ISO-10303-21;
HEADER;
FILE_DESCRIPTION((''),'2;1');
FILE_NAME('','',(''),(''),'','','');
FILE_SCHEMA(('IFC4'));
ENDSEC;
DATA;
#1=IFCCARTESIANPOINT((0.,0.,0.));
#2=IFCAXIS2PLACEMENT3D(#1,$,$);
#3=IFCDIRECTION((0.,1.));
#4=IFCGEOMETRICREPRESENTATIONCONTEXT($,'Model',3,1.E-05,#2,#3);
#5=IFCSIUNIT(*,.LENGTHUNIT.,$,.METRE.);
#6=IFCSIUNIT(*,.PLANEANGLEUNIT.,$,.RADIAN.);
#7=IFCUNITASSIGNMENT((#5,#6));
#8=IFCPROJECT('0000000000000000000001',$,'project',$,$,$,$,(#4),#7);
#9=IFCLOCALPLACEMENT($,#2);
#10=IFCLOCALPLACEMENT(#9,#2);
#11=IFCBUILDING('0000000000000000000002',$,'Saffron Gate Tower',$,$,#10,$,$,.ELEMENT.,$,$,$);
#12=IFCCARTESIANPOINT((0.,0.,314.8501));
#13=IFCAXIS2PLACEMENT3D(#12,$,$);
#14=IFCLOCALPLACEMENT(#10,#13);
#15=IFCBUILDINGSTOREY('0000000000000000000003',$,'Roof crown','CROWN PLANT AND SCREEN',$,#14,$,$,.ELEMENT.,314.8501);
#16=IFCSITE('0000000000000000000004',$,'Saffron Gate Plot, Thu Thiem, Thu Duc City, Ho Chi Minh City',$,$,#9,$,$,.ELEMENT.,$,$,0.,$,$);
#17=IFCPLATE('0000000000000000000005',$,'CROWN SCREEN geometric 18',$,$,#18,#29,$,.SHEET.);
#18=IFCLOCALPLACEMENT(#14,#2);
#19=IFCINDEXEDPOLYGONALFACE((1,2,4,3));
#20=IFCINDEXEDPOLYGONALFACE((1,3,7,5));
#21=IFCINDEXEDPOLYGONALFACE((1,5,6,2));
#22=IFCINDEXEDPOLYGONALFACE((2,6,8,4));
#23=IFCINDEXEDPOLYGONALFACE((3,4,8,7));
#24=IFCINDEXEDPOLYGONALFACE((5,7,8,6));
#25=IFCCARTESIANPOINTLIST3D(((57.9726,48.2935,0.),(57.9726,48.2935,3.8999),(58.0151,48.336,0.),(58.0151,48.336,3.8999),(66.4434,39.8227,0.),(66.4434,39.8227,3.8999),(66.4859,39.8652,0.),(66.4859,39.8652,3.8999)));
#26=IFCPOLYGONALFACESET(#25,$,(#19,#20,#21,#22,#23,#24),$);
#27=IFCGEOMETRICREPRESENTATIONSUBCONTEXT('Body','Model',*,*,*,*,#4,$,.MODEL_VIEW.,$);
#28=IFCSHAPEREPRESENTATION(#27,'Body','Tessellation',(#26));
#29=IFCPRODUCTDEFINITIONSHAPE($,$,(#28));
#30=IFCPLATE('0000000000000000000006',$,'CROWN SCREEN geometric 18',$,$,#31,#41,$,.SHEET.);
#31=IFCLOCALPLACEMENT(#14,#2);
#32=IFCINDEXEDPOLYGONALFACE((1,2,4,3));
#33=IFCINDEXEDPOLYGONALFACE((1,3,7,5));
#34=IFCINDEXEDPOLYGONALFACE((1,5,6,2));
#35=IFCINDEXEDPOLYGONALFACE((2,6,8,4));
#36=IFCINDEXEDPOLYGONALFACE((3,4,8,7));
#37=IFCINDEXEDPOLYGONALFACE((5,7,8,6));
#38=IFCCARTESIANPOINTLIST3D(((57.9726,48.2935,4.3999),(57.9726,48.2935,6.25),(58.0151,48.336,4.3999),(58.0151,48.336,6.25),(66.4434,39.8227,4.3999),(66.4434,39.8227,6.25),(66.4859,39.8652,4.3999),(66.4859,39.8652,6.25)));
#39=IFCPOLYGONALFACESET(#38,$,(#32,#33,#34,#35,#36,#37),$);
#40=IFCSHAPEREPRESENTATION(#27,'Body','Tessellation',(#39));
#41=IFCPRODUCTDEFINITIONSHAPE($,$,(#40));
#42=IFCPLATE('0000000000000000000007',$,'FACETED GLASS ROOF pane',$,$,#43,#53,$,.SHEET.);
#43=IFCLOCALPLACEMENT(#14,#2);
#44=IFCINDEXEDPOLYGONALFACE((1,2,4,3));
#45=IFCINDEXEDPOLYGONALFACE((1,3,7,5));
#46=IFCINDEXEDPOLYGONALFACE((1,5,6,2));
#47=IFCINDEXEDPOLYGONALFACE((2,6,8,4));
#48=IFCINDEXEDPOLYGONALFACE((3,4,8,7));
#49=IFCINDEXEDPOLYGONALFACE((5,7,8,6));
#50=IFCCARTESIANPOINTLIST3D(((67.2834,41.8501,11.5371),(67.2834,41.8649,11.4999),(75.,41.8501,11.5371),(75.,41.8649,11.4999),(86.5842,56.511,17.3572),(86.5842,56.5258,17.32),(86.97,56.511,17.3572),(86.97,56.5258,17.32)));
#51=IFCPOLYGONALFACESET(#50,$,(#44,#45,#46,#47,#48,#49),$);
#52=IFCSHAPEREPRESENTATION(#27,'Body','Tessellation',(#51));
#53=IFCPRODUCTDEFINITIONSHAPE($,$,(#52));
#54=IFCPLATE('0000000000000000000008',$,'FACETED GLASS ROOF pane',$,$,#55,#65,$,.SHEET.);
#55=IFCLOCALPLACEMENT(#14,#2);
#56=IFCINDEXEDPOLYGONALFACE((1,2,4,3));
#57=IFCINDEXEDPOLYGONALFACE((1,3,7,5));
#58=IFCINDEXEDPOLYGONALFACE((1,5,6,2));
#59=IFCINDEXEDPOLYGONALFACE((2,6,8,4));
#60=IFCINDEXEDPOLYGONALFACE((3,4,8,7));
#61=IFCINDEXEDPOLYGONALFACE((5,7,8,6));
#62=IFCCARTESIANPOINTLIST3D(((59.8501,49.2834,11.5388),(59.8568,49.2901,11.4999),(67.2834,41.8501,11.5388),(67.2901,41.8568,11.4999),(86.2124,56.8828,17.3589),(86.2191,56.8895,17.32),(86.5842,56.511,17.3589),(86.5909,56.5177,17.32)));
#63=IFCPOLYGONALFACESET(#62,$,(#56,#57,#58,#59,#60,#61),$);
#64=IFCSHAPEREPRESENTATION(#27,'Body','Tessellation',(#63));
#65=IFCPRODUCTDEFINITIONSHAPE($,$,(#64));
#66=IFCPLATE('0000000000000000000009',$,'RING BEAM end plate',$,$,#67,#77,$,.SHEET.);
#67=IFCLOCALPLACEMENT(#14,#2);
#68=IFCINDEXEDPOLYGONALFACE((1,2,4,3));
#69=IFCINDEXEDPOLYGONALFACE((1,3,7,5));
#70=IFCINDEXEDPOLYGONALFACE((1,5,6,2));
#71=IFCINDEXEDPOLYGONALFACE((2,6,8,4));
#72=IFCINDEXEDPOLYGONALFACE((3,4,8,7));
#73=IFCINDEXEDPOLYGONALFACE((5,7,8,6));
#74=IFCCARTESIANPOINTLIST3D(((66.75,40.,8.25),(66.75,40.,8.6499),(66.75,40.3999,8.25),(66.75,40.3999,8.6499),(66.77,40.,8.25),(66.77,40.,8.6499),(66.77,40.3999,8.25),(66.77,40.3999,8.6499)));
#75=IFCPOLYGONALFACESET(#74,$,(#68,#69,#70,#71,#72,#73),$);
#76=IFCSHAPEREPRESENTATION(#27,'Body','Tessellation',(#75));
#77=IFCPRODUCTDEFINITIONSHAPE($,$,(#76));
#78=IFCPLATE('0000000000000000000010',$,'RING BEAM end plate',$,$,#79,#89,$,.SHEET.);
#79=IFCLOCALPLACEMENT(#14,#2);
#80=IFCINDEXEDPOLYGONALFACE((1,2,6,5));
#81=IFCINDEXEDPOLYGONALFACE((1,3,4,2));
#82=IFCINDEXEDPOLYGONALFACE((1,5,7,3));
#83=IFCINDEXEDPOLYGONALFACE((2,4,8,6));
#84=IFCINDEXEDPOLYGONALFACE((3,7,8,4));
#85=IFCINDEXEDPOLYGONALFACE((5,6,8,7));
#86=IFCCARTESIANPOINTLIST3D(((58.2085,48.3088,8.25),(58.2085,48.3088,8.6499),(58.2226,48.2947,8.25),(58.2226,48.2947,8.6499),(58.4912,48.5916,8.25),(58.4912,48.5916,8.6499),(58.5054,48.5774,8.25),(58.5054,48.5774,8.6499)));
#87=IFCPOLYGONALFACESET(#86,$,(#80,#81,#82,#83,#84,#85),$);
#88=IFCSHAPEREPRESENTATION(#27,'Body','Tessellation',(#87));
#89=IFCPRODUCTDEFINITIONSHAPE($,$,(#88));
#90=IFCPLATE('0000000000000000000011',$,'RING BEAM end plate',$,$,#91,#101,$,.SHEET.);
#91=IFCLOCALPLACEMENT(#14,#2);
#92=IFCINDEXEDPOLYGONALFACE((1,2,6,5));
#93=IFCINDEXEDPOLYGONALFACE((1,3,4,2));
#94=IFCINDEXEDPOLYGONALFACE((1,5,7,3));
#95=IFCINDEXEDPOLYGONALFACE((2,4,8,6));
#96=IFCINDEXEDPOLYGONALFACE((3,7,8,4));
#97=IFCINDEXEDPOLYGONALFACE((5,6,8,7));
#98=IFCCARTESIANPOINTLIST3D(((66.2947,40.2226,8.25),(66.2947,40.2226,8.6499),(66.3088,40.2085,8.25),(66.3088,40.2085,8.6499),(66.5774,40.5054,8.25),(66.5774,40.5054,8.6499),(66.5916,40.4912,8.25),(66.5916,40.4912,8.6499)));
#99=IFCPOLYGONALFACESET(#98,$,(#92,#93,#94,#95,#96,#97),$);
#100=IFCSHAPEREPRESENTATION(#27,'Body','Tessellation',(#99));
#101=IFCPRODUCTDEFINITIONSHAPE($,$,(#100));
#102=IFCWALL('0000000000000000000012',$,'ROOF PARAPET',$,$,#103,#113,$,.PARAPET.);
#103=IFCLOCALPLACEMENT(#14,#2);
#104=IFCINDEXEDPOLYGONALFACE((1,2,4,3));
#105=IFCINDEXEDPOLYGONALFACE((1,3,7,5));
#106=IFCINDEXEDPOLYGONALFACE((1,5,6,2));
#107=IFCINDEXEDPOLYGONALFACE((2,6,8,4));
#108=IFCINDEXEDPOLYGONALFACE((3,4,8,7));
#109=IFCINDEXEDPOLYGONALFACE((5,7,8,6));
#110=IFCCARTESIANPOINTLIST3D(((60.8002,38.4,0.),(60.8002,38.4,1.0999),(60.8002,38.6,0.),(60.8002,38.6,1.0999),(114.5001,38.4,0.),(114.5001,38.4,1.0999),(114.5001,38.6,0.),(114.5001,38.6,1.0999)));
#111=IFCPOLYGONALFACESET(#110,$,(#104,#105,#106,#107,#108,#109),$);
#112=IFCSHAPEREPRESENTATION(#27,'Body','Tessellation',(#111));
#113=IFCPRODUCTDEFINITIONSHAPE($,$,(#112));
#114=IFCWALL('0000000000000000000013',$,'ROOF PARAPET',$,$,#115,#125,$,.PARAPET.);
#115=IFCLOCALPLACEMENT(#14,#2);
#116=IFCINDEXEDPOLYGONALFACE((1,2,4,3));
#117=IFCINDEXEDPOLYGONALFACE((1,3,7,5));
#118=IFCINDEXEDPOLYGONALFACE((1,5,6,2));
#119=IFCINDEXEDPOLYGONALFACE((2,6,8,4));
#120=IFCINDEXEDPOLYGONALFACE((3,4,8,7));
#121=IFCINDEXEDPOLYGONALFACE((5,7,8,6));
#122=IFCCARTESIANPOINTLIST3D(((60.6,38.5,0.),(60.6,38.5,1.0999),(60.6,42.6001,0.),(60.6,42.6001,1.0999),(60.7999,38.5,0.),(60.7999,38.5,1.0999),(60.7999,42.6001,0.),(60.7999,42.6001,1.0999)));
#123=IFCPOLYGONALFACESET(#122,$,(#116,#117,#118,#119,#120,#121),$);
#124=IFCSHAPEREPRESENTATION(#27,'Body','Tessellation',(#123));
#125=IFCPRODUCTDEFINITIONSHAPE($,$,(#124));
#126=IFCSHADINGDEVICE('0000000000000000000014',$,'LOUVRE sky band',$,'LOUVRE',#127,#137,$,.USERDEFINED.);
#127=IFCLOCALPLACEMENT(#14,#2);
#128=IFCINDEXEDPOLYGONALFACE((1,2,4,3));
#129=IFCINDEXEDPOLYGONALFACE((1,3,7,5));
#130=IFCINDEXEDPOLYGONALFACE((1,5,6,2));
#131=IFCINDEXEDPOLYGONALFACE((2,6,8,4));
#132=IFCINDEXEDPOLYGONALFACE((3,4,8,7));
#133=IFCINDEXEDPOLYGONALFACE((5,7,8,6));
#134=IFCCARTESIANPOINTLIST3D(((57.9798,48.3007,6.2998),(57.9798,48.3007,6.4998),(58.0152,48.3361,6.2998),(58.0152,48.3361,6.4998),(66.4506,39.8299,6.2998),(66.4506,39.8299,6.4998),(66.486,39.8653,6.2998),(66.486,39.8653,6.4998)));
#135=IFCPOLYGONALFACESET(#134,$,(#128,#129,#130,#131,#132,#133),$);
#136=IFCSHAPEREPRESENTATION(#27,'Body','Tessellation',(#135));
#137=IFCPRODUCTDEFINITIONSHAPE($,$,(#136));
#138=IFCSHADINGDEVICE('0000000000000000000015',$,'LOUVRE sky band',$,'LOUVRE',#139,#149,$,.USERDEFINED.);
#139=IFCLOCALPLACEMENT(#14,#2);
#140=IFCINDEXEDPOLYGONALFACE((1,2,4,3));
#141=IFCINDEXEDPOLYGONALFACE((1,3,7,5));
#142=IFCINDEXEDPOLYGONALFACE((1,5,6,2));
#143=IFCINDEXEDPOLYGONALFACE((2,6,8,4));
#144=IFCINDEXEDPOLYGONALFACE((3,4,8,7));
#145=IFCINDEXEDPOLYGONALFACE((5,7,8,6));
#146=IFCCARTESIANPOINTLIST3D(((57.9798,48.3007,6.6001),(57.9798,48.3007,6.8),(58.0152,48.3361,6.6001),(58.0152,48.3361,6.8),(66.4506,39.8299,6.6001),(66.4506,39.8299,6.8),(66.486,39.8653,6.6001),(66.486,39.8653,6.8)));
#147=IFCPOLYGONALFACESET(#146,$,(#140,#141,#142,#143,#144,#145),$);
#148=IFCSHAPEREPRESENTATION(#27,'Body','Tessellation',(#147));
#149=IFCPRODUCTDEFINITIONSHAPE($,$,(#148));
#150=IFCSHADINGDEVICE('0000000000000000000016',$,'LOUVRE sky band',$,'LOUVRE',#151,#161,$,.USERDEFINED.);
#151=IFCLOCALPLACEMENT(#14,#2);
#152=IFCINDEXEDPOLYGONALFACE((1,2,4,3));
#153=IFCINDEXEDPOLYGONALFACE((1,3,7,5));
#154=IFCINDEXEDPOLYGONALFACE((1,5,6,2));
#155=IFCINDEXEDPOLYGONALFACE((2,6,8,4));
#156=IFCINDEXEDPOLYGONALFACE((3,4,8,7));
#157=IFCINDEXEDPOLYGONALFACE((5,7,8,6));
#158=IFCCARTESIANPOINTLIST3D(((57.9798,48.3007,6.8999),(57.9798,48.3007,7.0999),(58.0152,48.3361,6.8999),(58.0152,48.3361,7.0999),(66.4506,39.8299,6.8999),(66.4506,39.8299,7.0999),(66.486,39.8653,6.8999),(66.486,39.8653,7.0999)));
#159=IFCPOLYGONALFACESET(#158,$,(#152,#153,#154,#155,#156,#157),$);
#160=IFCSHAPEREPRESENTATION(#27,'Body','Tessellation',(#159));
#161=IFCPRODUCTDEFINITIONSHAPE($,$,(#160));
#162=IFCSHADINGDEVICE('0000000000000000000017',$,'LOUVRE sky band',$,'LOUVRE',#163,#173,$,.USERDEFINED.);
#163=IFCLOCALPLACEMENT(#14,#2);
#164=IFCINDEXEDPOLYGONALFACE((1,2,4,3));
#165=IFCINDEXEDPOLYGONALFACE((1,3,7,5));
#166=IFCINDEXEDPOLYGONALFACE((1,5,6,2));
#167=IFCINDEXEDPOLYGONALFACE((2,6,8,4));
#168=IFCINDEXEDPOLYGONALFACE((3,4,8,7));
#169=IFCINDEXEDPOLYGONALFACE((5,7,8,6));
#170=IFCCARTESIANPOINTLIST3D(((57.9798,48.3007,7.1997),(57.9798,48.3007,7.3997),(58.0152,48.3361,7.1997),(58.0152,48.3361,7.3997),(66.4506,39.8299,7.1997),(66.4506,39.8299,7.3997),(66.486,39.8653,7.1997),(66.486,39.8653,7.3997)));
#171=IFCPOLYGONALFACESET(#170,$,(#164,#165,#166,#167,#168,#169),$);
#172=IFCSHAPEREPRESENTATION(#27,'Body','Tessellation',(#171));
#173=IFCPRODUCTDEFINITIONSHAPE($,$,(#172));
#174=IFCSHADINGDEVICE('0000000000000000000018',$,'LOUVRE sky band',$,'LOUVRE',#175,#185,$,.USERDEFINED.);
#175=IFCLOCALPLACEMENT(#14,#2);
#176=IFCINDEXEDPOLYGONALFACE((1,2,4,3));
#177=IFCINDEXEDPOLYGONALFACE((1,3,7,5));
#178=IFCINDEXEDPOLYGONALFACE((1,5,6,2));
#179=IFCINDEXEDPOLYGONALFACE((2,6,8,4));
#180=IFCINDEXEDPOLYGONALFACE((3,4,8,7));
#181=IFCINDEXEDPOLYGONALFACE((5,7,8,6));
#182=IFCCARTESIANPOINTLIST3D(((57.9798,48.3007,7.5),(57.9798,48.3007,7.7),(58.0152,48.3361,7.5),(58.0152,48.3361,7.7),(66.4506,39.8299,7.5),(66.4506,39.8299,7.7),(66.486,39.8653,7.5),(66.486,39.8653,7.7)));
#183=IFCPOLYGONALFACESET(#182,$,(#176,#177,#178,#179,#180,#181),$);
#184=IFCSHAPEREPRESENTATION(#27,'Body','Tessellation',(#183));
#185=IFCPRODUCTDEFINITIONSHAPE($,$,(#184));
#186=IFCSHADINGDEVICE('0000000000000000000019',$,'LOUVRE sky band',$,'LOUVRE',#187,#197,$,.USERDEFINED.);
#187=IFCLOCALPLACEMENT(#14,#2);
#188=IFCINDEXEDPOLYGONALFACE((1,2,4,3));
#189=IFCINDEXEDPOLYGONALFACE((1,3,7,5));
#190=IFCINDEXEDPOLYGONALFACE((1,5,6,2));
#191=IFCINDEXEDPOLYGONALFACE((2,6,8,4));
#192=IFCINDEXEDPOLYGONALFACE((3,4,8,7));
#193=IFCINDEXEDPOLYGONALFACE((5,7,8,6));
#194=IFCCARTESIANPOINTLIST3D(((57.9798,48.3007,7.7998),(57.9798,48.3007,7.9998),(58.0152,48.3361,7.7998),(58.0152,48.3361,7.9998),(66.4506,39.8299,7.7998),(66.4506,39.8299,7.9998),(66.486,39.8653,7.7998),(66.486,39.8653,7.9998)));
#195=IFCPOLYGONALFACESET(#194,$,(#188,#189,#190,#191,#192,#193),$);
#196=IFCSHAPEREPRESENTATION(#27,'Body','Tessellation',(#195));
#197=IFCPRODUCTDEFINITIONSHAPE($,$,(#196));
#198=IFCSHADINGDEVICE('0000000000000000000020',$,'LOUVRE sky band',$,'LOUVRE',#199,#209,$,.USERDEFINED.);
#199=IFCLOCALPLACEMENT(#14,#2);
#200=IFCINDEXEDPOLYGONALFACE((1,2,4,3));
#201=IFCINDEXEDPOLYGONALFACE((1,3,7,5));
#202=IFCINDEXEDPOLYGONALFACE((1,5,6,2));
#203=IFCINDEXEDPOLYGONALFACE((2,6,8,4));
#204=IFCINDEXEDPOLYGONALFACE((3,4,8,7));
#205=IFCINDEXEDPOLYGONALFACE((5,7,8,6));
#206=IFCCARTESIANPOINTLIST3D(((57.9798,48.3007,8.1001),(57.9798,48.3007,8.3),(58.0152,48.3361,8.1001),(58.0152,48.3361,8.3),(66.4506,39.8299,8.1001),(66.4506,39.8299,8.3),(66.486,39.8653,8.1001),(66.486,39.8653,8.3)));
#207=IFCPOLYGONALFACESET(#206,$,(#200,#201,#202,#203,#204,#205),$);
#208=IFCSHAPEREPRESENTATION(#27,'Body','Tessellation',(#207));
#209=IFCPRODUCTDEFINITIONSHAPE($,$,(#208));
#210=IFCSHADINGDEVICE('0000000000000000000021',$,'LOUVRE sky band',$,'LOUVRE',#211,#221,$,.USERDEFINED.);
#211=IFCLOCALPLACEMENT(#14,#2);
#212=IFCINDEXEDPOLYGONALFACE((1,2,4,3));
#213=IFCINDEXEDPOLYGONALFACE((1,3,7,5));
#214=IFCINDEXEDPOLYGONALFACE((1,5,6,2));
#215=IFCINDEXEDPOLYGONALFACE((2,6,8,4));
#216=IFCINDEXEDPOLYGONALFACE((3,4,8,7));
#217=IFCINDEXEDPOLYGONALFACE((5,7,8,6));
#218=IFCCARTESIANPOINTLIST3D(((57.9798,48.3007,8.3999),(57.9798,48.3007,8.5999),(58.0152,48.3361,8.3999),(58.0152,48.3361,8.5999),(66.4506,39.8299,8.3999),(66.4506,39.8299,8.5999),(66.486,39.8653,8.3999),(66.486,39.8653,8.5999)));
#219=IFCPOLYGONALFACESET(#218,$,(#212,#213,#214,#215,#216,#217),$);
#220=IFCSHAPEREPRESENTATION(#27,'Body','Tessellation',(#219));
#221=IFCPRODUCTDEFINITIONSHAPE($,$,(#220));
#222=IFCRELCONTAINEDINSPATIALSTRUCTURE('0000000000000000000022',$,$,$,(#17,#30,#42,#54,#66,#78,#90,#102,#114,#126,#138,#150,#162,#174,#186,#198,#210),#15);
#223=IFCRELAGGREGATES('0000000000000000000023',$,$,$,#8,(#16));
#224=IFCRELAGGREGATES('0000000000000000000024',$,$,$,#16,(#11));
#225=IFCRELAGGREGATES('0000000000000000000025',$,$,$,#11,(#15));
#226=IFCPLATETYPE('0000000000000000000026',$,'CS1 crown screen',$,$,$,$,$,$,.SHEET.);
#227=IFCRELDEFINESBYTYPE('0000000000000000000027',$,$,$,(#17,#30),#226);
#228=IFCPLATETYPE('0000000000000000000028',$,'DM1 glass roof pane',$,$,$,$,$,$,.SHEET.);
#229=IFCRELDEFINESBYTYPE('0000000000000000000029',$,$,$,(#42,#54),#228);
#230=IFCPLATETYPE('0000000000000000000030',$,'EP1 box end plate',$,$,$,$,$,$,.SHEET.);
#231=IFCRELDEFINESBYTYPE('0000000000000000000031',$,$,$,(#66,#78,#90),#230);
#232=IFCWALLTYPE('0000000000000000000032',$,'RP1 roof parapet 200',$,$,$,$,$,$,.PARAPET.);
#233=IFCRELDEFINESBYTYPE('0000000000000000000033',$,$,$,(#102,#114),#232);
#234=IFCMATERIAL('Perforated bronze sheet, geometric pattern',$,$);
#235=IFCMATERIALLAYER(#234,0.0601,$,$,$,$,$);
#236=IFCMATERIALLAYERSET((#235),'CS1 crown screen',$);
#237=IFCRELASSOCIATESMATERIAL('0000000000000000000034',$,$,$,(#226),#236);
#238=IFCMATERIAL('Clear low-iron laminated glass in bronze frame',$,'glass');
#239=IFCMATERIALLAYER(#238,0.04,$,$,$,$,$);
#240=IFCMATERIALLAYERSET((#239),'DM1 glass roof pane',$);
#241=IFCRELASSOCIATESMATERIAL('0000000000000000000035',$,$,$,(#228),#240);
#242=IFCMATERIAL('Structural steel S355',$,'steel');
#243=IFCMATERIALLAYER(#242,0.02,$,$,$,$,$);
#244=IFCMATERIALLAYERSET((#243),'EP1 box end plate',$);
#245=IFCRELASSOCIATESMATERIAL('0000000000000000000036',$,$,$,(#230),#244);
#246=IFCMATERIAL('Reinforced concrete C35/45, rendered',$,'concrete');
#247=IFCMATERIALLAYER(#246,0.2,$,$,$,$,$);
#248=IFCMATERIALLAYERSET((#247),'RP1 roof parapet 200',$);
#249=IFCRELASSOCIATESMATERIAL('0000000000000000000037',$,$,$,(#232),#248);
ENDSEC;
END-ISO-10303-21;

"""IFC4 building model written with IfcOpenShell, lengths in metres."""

from ifc_helpers import new_model, si_unit, direction, frame, frame_2d, origin, origin_2d, place, context, subcontext, project, spatial, polyline, rectangle, outline, extrude, material, layer, layer_set, type_object, element, save


model = new_model("IFC4")

# Units and contexts
model_context = context("Model", 3, precision=1e-05, world=origin(), true_north=direction((0.0, 1.0)))
body_context = subcontext(model_context, "Body", "Model", "MODEL_VIEW")
ifc_project = project(units=[si_unit("LENGTHUNIT", "METRE"), si_unit("PLANEANGLEUNIT", "RADIAN")], contexts=[model_context])

# Site, building, storey
site_placement = place(None, origin())
site = spatial("IfcSite", under=ifc_project, at=site_placement, Name="Saffron Gate Plot, Thu Thiem, Thu Duc City, Ho Chi Minh City", CompositionType="ELEMENT", RefElevation=0.0)
building_placement = place(site_placement, origin())
building = spatial("IfcBuilding", under=site, at=building_placement, Name="Saffron Gate Tower", CompositionType="ELEMENT")
storey_placement = place(building_placement, frame((0.0, 0.0, 314.8501)))
storey = spatial("IfcBuildingStorey", under=building, at=storey_placement, Name="Roof crown", Description="CROWN PLANT AND SCREEN", CompositionType="ELEMENT", Elevation=314.8501)

# Shared definitions
ifc_material_1 = material(Name="Structural steel S355", Category="steel")

# Plates
ifc_material_2 = material(Name="Perforated bronze sheet, geometric pattern")
ifc_layer_1 = layer(ifc_material_2, 0.0601)
ifc_layer_set_1 = layer_set([ifc_layer_1], Name="CS1 crown screen")
plate_type_1 = type_object("IfcPlateType", Name="CS1 crown screen", PredefinedType="SHEET", material=ifc_layer_set_1)
plate_1_placement = place(storey_placement, frame((62.2292, 44.0793, 0.0), z_axis=(0.0, 0.0, 1.0), x_axis=(0.707107, -0.707107, 0.0)))
element("IfcPlate", 1, at=plate_1_placement, inside=storey, type_object=plate_type_1, Name="CROWN SCREEN geometric 18", PredefinedType="SHEET", context=body_context, shape_type="SweptSolid", body=[
    extrude(rectangle(XDim=11.9795, YDim=0.0601, at=origin_2d()), origin(), (0.0, 0.0, 1.0), 3.8999),
])
plate_2_placement = place(storey_placement, frame((62.2292, 44.0793, 4.3999), z_axis=(0.0, 0.0, 1.0), x_axis=(0.707107, -0.707107, 0.0)))
element("IfcPlate", 2, at=plate_2_placement, inside=storey, type_object=plate_type_1, Name="CROWN SCREEN geometric 18", PredefinedType="SHEET", context=body_context, shape_type="SweptSolid", body=[
    extrude(rectangle(XDim=11.9795, YDim=0.0601, at=origin_2d()), origin(), (0.0, 0.0, 1.0), 1.8501),
])
ifc_material_3 = material(Name="Clear low-iron laminated glass in bronze frame", Category="glass")
ifc_layer_2 = layer(ifc_material_3, 0.04)
ifc_layer_set_2 = layer_set([ifc_layer_2], Name="DM1 glass roof pane")
plate_type_2 = type_object("IfcPlateType", Name="DM1 glass roof pane", PredefinedType="SHEET", material=ifc_layer_set_2)
plate_3_placement = place(storey_placement, frame((67.2834, 41.8501, 11.5371), z_axis=(0.0, -0.368969, 0.929442), x_axis=(1.0, 0.0, 0.0)))
element("IfcPlate", 3, at=plate_3_placement, inside=storey, type_object=plate_type_2, Name="FACETED GLASS ROOF pane", PredefinedType="SHEET", context=body_context, shape_type="SweptSolid", body=[
    extrude(outline(polyline([(0.0, 0.0), (7.7166, 0.0), (19.6865, 15.7739), (19.3008, 15.7739), (0.0, 0.0)])), origin(), (0.0, 0.0, -1.0), 0.04),
])
plate_4_placement = place(storey_placement, frame((59.8501, 49.2834, 11.5388), z_axis=(-0.16655, -0.16655, 0.971865), x_axis=(0.707107, -0.707107, 0.0)))
element("IfcPlate", 4, at=plate_4_placement, inside=storey, type_object=plate_type_2, Name="FACETED GLASS ROOF pane", PredefinedType="SHEET", context=body_context, shape_type="SweptSolid", body=[
    extrude(outline(polyline([(0.0, 0.0), (10.5123, 0.0), (13.7932, 24.7097), (13.2674, 24.7097), (0.0, 0.0)])), origin(), (0.0, 0.0, -1.0), 0.04),
])
ifc_layer_3 = layer(ifc_material_1, 0.02)
ifc_layer_set_3 = layer_set([ifc_layer_3], Name="EP1 box end plate")
plate_type_3 = type_object("IfcPlateType", Name="EP1 box end plate", PredefinedType="SHEET", material=ifc_layer_set_3)
for number, where, z_axis, x_axis, name in (
    (5, (66.76, 40.2, 8.25), (0.0, 0.0, 1.0), (1.0, 0.0, 0.0), "RING BEAM end plate"),
    (6, (58.3569, 48.4431, 8.25), (0.0, 0.0, 1.0), (0.707107, -0.707107, 0.0), "RING BEAM end plate"),
    (7, (66.4431, 40.3569, 8.25), (0.0, 0.0, 1.0), (0.707107, -0.707107, 0.0), "RING BEAM end plate"),
):
    element("IfcPlate", number, at=place(storey_placement, frame(where, z_axis=z_axis, x_axis=x_axis)), inside=storey, type_object=plate_type_3, Name=name, PredefinedType="SHEET", context=body_context, shape_type="SweptSolid", body=[
        extrude(rectangle(XDim=0.02, YDim=0.3999, at=origin_2d()), origin(), (0.0, 0.0, 1.0), 0.3999),
    ])

# Walls
ifc_material_4 = material(Name="Reinforced concrete C35/45, rendered", Category="concrete")
ifc_layer_4 = layer(ifc_material_4, 0.2)
ifc_layer_set_4 = layer_set([ifc_layer_4], Name="RP1 roof parapet 200")
wall_type = type_object("IfcWallType", Name="RP1 roof parapet 200", PredefinedType="PARAPET", material=ifc_layer_set_4)
wall_1_placement = place(storey_placement, frame((60.8, 38.5, 0.0), z_axis=(0.0, 0.0, 1.0), x_axis=(1.0, 0.0, 0.0)))
element("IfcWall", 8, at=wall_1_placement, inside=storey, type_object=wall_type, Name="ROOF PARAPET", PredefinedType="PARAPET", context=body_context, shape_type="SweptSolid", body=[
    extrude(rectangle(XDim=53.7, YDim=0.2, at=frame_2d((26.8501, 0.0))), origin(), (0.0, 0.0, 1.0), 1.0999),
])
wall_2_placement = place(storey_placement, frame((60.7, 42.6001, 0.0), z_axis=(0.0, 0.0, 1.0), x_axis=(0.0, -1.0, 0.0)))
element("IfcWall", 9, at=wall_2_placement, inside=storey, type_object=wall_type, Name="ROOF PARAPET", PredefinedType="PARAPET", context=body_context, shape_type="SweptSolid", body=[
    extrude(rectangle(XDim=4.1001, YDim=0.2, at=frame_2d((2.05, 0.0))), origin(), (0.0, 0.0, 1.0), 1.0999),
])

# Shading devices
for number, where, z_axis, x_axis, name in (
    (10, (62.2329, 44.083, 6.2998), (0.0, 0.0, 1.0), (0.707107, -0.707107, 0.0), "LOUVRE sky band"),
    (11, (62.2329, 44.083, 6.6001), (0.0, 0.0, 1.0), (0.707107, -0.707107, 0.0), "LOUVRE sky band"),
    (12, (62.2329, 44.083, 6.8999), (0.0, 0.0, 1.0), (0.707107, -0.707107, 0.0), "LOUVRE sky band"),
    (13, (62.2329, 44.083, 7.1997), (0.0, 0.0, 1.0), (0.707107, -0.707107, 0.0), "LOUVRE sky band"),
    (14, (62.2329, 44.083, 7.5), (0.0, 0.0, 1.0), (0.707107, -0.707107, 0.0), "LOUVRE sky band"),
    (15, (62.2329, 44.083, 7.7998), (0.0, 0.0, 1.0), (0.707107, -0.707107, 0.0), "LOUVRE sky band"),
    (16, (62.2329, 44.083, 8.1001), (0.0, 0.0, 1.0), (0.707107, -0.707107, 0.0), "LOUVRE sky band"),
    (17, (62.2329, 44.083, 8.3999), (0.0, 0.0, 1.0), (0.707107, -0.707107, 0.0), "LOUVRE sky band"),
):
    element("IfcShadingDevice", number, at=place(storey_placement, frame(where, z_axis=z_axis, x_axis=x_axis)), inside=storey, Name=name, ObjectType="LOUVRE", PredefinedType="USERDEFINED", context=body_context, shape_type="SweptSolid", body=[
        extrude(rectangle(XDim=11.9795, YDim=0.05, at=origin_2d()), origin(), (0.0, 0.0, 1.0), 0.2),
    ])

save(model, "model.ifc")
